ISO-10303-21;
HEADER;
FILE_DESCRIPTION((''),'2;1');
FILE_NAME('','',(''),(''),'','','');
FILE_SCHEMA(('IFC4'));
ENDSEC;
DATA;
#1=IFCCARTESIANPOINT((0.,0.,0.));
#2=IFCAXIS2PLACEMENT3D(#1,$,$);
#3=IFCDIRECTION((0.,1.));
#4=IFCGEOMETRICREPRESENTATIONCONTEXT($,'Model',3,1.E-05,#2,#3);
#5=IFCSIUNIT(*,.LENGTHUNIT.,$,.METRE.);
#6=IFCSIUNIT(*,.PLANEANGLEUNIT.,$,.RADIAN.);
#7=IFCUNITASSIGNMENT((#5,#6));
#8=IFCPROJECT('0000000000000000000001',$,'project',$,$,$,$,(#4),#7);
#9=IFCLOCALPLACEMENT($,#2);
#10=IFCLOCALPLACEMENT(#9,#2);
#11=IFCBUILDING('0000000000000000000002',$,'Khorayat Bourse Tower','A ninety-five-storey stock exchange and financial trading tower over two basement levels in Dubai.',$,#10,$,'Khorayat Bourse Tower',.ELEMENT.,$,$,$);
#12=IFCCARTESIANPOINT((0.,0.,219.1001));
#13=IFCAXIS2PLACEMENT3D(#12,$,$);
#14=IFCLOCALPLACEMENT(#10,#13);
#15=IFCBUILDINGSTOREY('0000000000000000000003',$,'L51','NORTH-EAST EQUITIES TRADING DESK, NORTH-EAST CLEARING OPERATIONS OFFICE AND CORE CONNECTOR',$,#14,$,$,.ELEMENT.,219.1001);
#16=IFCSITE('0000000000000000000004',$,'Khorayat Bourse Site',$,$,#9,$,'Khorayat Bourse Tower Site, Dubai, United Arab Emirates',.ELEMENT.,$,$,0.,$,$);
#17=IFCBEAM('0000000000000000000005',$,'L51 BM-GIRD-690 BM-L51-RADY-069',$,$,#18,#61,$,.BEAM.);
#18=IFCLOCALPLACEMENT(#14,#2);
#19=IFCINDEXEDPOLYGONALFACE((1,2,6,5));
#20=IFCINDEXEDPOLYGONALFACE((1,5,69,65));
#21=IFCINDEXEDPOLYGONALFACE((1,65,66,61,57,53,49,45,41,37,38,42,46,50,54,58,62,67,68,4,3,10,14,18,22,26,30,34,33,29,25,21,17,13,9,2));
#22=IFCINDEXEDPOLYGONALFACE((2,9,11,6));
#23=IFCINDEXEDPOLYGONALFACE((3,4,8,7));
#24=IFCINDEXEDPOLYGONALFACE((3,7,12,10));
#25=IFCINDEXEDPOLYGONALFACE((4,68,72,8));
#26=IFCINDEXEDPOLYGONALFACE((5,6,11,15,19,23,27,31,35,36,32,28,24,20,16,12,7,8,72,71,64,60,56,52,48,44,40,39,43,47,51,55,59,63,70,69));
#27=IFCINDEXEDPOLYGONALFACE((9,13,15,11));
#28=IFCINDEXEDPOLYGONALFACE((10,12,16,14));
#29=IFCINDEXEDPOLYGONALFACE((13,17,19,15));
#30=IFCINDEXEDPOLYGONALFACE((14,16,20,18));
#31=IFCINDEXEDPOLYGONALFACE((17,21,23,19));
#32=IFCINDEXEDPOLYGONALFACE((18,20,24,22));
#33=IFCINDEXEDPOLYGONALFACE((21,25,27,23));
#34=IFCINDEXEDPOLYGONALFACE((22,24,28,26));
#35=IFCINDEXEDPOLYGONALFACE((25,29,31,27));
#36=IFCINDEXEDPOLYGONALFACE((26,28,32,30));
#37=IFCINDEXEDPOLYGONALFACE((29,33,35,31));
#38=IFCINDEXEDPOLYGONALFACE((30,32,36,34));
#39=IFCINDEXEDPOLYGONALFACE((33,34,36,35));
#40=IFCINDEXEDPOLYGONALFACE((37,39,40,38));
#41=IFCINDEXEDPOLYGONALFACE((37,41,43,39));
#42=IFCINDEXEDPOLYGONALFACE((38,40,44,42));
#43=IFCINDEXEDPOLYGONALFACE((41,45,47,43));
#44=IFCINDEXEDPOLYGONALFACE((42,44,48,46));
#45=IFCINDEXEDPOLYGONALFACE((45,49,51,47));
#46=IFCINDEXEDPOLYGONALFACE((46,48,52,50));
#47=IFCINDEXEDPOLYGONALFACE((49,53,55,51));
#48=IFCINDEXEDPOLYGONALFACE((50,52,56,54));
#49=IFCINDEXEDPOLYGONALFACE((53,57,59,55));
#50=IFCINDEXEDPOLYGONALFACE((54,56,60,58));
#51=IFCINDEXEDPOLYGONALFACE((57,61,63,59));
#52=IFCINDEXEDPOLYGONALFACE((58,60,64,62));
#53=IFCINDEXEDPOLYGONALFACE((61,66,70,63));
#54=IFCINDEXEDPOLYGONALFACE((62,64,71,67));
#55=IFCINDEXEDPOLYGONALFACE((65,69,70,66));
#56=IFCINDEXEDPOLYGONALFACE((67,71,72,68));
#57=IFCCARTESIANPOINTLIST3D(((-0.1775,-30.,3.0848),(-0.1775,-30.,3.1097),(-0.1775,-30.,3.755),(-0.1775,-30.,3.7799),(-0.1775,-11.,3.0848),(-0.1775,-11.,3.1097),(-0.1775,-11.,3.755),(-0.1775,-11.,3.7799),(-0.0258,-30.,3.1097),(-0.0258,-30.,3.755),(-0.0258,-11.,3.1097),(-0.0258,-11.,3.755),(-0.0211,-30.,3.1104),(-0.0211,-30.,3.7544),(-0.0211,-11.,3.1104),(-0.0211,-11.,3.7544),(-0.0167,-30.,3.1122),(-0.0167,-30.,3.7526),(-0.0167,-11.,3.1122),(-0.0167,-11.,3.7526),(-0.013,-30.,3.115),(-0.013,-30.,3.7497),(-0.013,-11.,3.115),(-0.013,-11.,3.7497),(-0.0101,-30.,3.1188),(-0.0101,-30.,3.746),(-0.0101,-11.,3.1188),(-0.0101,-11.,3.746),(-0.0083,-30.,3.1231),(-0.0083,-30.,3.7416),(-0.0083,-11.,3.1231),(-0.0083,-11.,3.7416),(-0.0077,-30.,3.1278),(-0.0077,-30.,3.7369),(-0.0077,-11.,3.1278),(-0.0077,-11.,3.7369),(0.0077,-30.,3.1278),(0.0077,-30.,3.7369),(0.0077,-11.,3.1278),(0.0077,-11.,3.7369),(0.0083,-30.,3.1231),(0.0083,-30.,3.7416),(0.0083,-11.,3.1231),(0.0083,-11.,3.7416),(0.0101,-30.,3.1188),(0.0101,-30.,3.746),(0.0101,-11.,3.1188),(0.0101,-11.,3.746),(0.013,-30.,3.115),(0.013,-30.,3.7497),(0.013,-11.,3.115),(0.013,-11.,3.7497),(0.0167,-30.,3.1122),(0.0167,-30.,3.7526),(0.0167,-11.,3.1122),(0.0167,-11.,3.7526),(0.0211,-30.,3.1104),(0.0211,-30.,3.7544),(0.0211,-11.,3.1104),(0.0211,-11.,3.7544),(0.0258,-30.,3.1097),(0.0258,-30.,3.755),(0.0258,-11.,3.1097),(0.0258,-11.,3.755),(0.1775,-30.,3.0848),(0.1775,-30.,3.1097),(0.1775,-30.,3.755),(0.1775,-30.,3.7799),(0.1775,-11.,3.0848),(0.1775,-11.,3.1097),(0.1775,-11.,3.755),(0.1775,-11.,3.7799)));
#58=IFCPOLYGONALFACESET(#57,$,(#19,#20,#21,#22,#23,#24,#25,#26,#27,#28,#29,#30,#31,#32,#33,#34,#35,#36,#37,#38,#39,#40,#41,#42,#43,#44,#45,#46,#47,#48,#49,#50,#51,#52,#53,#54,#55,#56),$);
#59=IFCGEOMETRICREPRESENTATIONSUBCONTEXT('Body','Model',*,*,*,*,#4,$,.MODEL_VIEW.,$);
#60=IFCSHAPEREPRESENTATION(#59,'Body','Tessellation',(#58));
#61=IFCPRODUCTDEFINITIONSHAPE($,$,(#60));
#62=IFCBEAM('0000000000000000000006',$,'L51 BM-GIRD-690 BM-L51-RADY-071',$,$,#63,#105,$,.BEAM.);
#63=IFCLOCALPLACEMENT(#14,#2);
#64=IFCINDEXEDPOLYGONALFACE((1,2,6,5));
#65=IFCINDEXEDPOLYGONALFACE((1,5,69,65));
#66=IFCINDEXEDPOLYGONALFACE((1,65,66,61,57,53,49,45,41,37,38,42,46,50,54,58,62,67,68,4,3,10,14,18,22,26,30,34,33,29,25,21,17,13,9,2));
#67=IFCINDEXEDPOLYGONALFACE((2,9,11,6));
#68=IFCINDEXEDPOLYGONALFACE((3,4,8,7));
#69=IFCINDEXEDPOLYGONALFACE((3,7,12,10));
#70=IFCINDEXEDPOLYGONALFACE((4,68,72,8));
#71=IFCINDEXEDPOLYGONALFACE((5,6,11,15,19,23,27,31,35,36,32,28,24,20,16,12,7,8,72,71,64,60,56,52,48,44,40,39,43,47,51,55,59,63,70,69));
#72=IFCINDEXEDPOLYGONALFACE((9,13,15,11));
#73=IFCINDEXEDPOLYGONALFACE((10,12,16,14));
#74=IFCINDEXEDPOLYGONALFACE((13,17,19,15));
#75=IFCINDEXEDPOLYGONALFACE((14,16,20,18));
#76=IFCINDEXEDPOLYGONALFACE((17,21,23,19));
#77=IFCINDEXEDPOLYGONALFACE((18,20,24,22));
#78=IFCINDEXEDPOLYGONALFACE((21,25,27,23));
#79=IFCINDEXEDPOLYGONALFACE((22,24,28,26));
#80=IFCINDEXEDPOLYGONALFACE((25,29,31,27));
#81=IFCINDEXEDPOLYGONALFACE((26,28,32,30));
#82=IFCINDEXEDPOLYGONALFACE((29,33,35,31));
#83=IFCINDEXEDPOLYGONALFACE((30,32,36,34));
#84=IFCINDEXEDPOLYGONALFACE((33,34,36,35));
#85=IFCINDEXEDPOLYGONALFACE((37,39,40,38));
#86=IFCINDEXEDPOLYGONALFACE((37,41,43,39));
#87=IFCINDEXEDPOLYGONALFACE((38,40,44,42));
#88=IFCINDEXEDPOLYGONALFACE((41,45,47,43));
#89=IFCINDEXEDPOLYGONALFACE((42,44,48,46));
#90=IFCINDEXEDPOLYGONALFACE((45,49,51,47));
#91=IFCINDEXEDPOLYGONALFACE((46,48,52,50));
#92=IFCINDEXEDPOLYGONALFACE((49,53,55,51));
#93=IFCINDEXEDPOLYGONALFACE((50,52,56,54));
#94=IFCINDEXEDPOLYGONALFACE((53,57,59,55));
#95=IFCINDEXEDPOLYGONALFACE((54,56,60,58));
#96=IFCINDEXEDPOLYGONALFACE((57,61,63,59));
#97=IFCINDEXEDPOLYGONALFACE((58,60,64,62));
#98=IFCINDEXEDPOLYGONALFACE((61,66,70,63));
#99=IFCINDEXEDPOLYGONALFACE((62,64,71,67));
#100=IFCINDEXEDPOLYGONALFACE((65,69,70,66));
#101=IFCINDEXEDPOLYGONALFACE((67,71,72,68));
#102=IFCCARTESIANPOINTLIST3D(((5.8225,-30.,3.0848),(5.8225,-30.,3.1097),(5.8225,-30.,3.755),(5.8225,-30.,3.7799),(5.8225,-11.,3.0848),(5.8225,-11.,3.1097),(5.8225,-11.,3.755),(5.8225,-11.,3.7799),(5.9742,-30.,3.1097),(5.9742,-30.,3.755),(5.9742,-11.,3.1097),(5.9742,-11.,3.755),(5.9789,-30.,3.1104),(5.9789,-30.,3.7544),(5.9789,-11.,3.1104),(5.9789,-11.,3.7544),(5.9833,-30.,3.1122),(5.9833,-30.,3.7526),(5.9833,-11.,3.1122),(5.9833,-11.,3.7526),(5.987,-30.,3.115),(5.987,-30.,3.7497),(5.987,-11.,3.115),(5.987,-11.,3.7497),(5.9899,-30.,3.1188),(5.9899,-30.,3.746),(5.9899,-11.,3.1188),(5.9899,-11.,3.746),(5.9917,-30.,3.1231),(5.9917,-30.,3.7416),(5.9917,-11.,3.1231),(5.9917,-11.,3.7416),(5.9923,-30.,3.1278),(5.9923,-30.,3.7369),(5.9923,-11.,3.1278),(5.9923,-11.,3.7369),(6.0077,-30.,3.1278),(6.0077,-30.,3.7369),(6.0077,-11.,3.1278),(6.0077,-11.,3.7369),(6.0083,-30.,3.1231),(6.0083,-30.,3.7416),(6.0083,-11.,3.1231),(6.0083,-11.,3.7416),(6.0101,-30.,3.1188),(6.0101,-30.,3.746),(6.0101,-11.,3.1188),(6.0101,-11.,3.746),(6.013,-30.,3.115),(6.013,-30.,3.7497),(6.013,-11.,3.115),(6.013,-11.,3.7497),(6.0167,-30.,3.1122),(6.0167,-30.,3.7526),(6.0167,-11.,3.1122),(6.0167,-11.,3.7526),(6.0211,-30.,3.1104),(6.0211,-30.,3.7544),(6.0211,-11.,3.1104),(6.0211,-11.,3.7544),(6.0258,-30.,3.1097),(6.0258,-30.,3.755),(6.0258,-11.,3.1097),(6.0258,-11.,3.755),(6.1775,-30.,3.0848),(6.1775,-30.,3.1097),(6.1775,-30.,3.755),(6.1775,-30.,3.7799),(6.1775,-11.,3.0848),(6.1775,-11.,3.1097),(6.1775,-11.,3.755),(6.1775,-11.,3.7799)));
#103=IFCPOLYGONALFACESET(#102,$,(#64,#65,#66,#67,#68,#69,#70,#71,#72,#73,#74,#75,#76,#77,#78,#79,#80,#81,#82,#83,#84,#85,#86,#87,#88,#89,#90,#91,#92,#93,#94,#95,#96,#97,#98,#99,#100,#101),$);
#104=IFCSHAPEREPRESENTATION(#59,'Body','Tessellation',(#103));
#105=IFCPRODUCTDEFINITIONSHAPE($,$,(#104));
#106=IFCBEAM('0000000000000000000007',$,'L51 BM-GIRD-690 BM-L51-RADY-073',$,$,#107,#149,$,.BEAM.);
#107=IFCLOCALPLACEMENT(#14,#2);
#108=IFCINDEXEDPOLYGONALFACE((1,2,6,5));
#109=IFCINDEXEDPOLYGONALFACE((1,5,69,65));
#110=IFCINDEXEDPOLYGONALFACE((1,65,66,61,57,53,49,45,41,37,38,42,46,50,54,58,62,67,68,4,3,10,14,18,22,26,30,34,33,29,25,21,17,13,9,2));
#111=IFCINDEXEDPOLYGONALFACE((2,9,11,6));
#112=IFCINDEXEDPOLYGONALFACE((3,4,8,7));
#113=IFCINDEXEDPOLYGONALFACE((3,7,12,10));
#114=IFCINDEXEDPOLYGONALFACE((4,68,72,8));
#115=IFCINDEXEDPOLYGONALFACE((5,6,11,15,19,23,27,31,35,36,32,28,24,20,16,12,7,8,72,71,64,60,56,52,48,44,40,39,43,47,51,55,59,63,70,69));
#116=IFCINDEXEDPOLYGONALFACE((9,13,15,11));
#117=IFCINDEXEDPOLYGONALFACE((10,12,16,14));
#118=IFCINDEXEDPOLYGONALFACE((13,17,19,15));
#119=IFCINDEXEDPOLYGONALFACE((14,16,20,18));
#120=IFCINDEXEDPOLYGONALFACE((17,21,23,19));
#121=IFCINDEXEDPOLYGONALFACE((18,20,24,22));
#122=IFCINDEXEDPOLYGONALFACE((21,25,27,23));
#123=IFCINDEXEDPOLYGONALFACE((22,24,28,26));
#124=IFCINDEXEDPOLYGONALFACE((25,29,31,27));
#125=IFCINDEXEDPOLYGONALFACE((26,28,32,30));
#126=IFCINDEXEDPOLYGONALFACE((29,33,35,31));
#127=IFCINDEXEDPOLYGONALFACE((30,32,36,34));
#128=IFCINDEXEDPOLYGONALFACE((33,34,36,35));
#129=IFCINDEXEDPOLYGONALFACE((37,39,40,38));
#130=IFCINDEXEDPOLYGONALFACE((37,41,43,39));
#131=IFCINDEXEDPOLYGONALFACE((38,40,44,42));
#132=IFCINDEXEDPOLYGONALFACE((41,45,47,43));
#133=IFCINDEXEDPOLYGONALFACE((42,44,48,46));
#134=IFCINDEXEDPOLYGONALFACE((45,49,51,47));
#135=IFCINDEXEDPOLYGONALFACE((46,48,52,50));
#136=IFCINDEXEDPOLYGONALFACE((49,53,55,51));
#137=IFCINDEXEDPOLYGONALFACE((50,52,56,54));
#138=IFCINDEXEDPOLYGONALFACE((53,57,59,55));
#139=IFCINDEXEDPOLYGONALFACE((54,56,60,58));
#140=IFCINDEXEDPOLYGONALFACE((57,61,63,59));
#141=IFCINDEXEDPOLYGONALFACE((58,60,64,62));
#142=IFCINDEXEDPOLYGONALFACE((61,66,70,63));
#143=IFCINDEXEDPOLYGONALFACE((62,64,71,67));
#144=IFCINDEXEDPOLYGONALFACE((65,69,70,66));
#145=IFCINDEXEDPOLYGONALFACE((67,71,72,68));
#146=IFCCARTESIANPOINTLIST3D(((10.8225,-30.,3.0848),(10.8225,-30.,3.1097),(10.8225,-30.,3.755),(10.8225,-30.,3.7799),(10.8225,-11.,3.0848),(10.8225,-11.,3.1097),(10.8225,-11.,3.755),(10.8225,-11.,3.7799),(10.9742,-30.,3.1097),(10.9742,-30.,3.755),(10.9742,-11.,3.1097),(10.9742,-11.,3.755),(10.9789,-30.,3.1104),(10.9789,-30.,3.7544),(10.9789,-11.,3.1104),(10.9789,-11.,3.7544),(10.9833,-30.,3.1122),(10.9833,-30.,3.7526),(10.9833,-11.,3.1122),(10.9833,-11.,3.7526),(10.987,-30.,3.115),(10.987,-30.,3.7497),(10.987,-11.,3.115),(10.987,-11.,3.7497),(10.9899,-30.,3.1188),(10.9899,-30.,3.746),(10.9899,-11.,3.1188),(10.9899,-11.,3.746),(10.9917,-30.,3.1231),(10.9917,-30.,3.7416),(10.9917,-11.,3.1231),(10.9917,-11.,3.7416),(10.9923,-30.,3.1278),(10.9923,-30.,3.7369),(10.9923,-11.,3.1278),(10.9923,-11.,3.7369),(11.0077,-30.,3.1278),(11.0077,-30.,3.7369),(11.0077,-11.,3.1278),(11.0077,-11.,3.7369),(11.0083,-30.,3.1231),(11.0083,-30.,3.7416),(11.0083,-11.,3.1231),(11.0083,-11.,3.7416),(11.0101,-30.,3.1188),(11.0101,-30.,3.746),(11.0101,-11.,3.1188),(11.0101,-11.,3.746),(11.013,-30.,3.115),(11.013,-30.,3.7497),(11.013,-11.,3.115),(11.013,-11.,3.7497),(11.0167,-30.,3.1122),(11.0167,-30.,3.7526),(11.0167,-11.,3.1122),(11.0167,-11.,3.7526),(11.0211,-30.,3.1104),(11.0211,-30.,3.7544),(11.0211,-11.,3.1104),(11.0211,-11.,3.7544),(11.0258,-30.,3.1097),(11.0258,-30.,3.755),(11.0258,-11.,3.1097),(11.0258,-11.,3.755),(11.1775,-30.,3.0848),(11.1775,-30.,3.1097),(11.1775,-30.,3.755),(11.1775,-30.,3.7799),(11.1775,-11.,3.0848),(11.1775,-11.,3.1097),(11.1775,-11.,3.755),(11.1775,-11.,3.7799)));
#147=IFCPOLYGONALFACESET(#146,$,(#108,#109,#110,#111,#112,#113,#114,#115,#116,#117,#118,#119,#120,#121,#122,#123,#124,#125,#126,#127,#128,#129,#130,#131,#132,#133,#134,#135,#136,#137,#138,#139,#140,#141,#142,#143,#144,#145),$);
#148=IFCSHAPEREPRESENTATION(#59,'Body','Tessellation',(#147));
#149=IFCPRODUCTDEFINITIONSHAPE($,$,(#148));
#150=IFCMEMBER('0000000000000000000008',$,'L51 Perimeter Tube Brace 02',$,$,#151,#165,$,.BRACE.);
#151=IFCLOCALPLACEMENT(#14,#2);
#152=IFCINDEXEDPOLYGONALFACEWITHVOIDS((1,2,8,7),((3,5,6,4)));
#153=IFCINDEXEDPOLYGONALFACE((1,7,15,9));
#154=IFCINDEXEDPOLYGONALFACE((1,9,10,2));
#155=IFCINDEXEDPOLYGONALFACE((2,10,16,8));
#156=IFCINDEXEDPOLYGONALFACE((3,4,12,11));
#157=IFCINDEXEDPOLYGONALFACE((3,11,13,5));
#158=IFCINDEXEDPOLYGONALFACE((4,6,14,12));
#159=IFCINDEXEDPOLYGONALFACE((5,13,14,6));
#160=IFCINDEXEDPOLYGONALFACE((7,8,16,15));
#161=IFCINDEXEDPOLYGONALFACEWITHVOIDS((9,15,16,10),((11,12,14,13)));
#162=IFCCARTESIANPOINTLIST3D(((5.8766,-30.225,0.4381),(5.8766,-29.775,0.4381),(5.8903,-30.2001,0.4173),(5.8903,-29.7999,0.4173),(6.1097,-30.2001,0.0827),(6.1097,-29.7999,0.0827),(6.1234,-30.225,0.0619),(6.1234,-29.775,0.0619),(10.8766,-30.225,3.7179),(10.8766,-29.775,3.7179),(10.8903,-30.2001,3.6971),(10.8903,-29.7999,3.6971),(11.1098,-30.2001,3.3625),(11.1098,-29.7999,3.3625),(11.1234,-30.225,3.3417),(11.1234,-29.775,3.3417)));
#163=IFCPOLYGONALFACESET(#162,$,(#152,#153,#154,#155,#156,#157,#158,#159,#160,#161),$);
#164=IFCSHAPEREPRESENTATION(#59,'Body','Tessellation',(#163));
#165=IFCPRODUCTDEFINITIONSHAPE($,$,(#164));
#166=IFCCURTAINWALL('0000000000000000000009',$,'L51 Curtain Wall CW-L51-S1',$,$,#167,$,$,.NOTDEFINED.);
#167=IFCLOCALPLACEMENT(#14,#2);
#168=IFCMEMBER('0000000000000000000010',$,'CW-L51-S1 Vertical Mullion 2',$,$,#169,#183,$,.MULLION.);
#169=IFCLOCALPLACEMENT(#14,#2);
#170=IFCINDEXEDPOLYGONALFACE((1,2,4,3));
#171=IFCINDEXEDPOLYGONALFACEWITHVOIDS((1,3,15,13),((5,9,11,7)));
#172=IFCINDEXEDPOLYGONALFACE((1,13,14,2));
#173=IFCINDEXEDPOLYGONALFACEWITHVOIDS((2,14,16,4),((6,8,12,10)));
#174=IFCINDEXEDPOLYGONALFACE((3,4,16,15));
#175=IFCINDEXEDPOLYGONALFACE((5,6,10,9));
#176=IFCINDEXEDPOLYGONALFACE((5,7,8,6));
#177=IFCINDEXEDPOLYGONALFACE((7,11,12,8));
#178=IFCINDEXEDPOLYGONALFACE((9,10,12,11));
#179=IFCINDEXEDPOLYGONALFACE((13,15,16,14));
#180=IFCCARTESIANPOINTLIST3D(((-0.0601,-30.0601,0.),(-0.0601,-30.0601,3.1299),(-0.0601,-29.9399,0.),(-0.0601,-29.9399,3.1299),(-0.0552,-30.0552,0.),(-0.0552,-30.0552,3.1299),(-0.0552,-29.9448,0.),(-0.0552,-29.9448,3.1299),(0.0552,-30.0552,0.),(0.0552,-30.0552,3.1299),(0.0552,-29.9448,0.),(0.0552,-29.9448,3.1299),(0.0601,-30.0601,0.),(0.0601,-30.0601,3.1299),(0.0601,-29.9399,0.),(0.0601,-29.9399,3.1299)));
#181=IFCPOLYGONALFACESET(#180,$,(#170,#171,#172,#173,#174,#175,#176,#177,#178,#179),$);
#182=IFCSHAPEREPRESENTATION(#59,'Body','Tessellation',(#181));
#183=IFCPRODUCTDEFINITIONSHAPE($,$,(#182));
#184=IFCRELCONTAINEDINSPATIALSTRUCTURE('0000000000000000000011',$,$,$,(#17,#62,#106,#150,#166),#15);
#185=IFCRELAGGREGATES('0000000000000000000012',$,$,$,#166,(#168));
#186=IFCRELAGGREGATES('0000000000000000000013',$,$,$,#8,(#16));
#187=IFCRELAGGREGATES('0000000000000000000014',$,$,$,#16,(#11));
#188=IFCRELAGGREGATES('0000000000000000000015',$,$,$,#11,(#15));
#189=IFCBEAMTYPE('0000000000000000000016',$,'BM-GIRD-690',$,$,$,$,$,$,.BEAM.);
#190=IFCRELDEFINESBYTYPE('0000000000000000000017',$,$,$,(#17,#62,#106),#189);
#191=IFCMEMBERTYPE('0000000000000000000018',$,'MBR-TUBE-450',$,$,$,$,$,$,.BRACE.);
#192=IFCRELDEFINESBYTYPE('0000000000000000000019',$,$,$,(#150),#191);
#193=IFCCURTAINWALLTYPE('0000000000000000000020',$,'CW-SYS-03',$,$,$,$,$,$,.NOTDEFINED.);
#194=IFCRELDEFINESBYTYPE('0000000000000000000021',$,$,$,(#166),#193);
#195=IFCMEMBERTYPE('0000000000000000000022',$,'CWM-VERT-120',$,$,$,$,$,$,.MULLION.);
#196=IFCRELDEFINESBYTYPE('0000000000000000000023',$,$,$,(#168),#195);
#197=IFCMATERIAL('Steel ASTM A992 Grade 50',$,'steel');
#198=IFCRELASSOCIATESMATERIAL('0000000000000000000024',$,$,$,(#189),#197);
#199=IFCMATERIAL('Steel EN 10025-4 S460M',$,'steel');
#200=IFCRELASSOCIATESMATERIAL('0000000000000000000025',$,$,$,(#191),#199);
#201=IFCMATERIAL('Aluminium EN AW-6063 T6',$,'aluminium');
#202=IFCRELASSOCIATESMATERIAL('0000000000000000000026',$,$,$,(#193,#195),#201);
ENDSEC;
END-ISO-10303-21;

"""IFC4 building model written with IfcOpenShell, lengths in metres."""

from ifc_helpers import new_model, si_unit, direction, frame, origin, origin_2d, place, context, subcontext, project, spatial, hollow_rectangle, i_section, extrude, source, transform, mapped, material, material_profile, profile_set, type_object, element, aggregate, save


model = new_model("IFC4")

# Units and contexts
model_context = context("Model", 3, precision=1e-05, world=origin(), true_north=direction((0.0, 1.0)))
body_context = subcontext(model_context, "Body", "Model", "MODEL_VIEW")
ifc_project = project(units=[si_unit("LENGTHUNIT", "METRE"), si_unit("PLANEANGLEUNIT", "RADIAN")], contexts=[model_context])

# Site, building, storey
site_placement = place(None, origin())
site = spatial("IfcSite", under=ifc_project, at=site_placement, Name="Khorayat Bourse Site", LongName="Khorayat Bourse Tower Site, Dubai, United Arab Emirates", CompositionType="ELEMENT", RefElevation=0.0)
building_placement = place(site_placement, origin())
building = spatial("IfcBuilding", under=site, at=building_placement, Name="Khorayat Bourse Tower", Description="A ninety-five-storey stock exchange and financial trading tower over two basement levels in Dubai.", LongName="Khorayat Bourse Tower", CompositionType="ELEMENT")
storey_placement = place(building_placement, frame((0.0, 0.0, 219.1001)))
storey = spatial("IfcBuildingStorey", under=building, at=storey_placement, Name="L51", Description="NORTH-EAST EQUITIES TRADING DESK, NORTH-EAST CLEARING OPERATIONS OFFICE AND CORE CONNECTOR", CompositionType="ELEMENT", Elevation=219.1001)

# Shared definitions
ifc_material_1 = material(Name="Steel EN 10025-4 S460M", Category="steel")

# Beams
ifc_material_2 = material(Name="Steel ASTM A992 Grade 50", Category="steel")
ifc_material_profile_1 = material_profile(ifc_material_2, i_section(OverallWidth=0.355, OverallDepth=0.6951, WebThickness=0.0154, FlangeThickness=0.0249, FilletRadius=0.0181, at=origin_2d()), Name="W690X217")
ifc_profile_set_1 = profile_set([ifc_material_profile_1], Name="Steel ASTM A992 Grade 50")
beam_type_1 = type_object("IfcBeamType", Name="BM-GIRD-690", PredefinedType="BEAM", material=ifc_profile_set_1)
shared_shape_1 = source(origin(), body_context, "Body", "SweptSolid", [
    extrude(i_section(OverallWidth=0.355, OverallDepth=0.6951, WebThickness=0.0154, FlangeThickness=0.0249, FilletRadius=0.0181, at=origin_2d()), origin(), (0.0, 0.0, 1.0), 19.0),
])
for number, where, z_axis, x_axis, name in (
    (1, (0.0, -30.0, 3.4324), (0.0, 1.0, 0.0), (-1.0, 0.0, 0.0), "L51 BM-GIRD-690 BM-L51-RADY-069"),
    (2, (6.0, -30.0, 3.4324), (0.0, 1.0, 0.0), (-1.0, 0.0, 0.0), "L51 BM-GIRD-690 BM-L51-RADY-071"),
    (3, (11.0, -30.0, 3.4324), (0.0, 1.0, 0.0), (-1.0, 0.0, 0.0), "L51 BM-GIRD-690 BM-L51-RADY-073"),
):
    element("IfcBeam", number, at=place(storey_placement, frame(where, z_axis=z_axis, x_axis=x_axis)), inside=storey, type_object=beam_type_1, Name=name, PredefinedType="BEAM", context=body_context, shape_type="MappedRepresentation", body=[
        mapped(shared_shape_1, transform((0.0, 0.0, 0.0), scale=1.0)),
    ])

# Member
ifc_material_profile_2 = material_profile(ifc_material_1, hollow_rectangle(XDim=0.45, YDim=0.45, WallThickness=0.0249, at=origin_2d()), Name="HSS 450x450x25")
ifc_profile_set_2 = profile_set([ifc_material_profile_2], Name="Steel EN 10025-4 S460M")
member_type_1 = type_object("IfcMemberType", Name="MBR-TUBE-450", PredefinedType="BRACE", material=ifc_profile_set_2)
shared_shape_2 = source(origin(), body_context, "Body", "SweptSolid", [
    extrude(hollow_rectangle(XDim=0.45, YDim=0.45, WallThickness=0.0249, at=origin_2d()), origin(), (0.0, 0.0, 1.0), 5.9797),
])
member_1_placement = place(storey_placement, frame((6.0, -30.0, 0.25), z_axis=(0.83616, 0.0, 0.548485), x_axis=(0.0, 1.0, 0.0)))
element("IfcMember", 4, at=member_1_placement, inside=storey, type_object=member_type_1, Name="L51 Perimeter Tube Brace 02", PredefinedType="BRACE", context=body_context, shape_type="MappedRepresentation", body=[
    mapped(shared_shape_2, transform((0.0, 0.0, 0.0), scale=1.0)),
])

# Curtain wall, member
ifc_material_3 = material(Name="Aluminium EN AW-6063 T6", Category="aluminium")
curtain_wall_type = type_object("IfcCurtainWallType", Name="CW-SYS-03", PredefinedType="NOTDEFINED", material=ifc_material_3)
curtain_wall_placement = place(storey_placement, origin())
curtain_wall = element("IfcCurtainWall", 5, at=curtain_wall_placement, inside=storey, type_object=curtain_wall_type, Name="L51 Curtain Wall CW-L51-S1", PredefinedType="NOTDEFINED")
ifc_material_profile_3 = material_profile(ifc_material_3, hollow_rectangle(XDim=0.1201, YDim=0.1201, WallThickness=0.0049, at=origin_2d()), Name="ALU 120x120x5")
ifc_profile_set_3 = profile_set([ifc_material_profile_3], Name="Aluminium EN AW-6063 T6")
member_type_2 = type_object("IfcMemberType", Name="CWM-VERT-120", PredefinedType="MULLION", material=ifc_profile_set_3)
shared_shape_3 = source(origin(), body_context, "Body", "SweptSolid", [
    extrude(hollow_rectangle(XDim=0.1201, YDim=0.1201, WallThickness=0.0049, at=origin_2d()), origin(), (0.0, 0.0, 1.0), 3.1299),
])
member_2_placement = place(storey_placement, frame((0.0, -30.0, 0.0), z_axis=(0.0, 0.0, 1.0), x_axis=(0.0, 1.0, 0.0)))
member_2 = element("IfcMember", 6, at=member_2_placement, type_object=member_type_2, Name="CW-L51-S1 Vertical Mullion 2", PredefinedType="MULLION", context=body_context, shape_type="MappedRepresentation", body=[
    mapped(shared_shape_3, transform((0.0, 0.0, 0.0), scale=1.0)),
])
aggregate(curtain_wall, [member_2])

save(model, "model.ifc")
